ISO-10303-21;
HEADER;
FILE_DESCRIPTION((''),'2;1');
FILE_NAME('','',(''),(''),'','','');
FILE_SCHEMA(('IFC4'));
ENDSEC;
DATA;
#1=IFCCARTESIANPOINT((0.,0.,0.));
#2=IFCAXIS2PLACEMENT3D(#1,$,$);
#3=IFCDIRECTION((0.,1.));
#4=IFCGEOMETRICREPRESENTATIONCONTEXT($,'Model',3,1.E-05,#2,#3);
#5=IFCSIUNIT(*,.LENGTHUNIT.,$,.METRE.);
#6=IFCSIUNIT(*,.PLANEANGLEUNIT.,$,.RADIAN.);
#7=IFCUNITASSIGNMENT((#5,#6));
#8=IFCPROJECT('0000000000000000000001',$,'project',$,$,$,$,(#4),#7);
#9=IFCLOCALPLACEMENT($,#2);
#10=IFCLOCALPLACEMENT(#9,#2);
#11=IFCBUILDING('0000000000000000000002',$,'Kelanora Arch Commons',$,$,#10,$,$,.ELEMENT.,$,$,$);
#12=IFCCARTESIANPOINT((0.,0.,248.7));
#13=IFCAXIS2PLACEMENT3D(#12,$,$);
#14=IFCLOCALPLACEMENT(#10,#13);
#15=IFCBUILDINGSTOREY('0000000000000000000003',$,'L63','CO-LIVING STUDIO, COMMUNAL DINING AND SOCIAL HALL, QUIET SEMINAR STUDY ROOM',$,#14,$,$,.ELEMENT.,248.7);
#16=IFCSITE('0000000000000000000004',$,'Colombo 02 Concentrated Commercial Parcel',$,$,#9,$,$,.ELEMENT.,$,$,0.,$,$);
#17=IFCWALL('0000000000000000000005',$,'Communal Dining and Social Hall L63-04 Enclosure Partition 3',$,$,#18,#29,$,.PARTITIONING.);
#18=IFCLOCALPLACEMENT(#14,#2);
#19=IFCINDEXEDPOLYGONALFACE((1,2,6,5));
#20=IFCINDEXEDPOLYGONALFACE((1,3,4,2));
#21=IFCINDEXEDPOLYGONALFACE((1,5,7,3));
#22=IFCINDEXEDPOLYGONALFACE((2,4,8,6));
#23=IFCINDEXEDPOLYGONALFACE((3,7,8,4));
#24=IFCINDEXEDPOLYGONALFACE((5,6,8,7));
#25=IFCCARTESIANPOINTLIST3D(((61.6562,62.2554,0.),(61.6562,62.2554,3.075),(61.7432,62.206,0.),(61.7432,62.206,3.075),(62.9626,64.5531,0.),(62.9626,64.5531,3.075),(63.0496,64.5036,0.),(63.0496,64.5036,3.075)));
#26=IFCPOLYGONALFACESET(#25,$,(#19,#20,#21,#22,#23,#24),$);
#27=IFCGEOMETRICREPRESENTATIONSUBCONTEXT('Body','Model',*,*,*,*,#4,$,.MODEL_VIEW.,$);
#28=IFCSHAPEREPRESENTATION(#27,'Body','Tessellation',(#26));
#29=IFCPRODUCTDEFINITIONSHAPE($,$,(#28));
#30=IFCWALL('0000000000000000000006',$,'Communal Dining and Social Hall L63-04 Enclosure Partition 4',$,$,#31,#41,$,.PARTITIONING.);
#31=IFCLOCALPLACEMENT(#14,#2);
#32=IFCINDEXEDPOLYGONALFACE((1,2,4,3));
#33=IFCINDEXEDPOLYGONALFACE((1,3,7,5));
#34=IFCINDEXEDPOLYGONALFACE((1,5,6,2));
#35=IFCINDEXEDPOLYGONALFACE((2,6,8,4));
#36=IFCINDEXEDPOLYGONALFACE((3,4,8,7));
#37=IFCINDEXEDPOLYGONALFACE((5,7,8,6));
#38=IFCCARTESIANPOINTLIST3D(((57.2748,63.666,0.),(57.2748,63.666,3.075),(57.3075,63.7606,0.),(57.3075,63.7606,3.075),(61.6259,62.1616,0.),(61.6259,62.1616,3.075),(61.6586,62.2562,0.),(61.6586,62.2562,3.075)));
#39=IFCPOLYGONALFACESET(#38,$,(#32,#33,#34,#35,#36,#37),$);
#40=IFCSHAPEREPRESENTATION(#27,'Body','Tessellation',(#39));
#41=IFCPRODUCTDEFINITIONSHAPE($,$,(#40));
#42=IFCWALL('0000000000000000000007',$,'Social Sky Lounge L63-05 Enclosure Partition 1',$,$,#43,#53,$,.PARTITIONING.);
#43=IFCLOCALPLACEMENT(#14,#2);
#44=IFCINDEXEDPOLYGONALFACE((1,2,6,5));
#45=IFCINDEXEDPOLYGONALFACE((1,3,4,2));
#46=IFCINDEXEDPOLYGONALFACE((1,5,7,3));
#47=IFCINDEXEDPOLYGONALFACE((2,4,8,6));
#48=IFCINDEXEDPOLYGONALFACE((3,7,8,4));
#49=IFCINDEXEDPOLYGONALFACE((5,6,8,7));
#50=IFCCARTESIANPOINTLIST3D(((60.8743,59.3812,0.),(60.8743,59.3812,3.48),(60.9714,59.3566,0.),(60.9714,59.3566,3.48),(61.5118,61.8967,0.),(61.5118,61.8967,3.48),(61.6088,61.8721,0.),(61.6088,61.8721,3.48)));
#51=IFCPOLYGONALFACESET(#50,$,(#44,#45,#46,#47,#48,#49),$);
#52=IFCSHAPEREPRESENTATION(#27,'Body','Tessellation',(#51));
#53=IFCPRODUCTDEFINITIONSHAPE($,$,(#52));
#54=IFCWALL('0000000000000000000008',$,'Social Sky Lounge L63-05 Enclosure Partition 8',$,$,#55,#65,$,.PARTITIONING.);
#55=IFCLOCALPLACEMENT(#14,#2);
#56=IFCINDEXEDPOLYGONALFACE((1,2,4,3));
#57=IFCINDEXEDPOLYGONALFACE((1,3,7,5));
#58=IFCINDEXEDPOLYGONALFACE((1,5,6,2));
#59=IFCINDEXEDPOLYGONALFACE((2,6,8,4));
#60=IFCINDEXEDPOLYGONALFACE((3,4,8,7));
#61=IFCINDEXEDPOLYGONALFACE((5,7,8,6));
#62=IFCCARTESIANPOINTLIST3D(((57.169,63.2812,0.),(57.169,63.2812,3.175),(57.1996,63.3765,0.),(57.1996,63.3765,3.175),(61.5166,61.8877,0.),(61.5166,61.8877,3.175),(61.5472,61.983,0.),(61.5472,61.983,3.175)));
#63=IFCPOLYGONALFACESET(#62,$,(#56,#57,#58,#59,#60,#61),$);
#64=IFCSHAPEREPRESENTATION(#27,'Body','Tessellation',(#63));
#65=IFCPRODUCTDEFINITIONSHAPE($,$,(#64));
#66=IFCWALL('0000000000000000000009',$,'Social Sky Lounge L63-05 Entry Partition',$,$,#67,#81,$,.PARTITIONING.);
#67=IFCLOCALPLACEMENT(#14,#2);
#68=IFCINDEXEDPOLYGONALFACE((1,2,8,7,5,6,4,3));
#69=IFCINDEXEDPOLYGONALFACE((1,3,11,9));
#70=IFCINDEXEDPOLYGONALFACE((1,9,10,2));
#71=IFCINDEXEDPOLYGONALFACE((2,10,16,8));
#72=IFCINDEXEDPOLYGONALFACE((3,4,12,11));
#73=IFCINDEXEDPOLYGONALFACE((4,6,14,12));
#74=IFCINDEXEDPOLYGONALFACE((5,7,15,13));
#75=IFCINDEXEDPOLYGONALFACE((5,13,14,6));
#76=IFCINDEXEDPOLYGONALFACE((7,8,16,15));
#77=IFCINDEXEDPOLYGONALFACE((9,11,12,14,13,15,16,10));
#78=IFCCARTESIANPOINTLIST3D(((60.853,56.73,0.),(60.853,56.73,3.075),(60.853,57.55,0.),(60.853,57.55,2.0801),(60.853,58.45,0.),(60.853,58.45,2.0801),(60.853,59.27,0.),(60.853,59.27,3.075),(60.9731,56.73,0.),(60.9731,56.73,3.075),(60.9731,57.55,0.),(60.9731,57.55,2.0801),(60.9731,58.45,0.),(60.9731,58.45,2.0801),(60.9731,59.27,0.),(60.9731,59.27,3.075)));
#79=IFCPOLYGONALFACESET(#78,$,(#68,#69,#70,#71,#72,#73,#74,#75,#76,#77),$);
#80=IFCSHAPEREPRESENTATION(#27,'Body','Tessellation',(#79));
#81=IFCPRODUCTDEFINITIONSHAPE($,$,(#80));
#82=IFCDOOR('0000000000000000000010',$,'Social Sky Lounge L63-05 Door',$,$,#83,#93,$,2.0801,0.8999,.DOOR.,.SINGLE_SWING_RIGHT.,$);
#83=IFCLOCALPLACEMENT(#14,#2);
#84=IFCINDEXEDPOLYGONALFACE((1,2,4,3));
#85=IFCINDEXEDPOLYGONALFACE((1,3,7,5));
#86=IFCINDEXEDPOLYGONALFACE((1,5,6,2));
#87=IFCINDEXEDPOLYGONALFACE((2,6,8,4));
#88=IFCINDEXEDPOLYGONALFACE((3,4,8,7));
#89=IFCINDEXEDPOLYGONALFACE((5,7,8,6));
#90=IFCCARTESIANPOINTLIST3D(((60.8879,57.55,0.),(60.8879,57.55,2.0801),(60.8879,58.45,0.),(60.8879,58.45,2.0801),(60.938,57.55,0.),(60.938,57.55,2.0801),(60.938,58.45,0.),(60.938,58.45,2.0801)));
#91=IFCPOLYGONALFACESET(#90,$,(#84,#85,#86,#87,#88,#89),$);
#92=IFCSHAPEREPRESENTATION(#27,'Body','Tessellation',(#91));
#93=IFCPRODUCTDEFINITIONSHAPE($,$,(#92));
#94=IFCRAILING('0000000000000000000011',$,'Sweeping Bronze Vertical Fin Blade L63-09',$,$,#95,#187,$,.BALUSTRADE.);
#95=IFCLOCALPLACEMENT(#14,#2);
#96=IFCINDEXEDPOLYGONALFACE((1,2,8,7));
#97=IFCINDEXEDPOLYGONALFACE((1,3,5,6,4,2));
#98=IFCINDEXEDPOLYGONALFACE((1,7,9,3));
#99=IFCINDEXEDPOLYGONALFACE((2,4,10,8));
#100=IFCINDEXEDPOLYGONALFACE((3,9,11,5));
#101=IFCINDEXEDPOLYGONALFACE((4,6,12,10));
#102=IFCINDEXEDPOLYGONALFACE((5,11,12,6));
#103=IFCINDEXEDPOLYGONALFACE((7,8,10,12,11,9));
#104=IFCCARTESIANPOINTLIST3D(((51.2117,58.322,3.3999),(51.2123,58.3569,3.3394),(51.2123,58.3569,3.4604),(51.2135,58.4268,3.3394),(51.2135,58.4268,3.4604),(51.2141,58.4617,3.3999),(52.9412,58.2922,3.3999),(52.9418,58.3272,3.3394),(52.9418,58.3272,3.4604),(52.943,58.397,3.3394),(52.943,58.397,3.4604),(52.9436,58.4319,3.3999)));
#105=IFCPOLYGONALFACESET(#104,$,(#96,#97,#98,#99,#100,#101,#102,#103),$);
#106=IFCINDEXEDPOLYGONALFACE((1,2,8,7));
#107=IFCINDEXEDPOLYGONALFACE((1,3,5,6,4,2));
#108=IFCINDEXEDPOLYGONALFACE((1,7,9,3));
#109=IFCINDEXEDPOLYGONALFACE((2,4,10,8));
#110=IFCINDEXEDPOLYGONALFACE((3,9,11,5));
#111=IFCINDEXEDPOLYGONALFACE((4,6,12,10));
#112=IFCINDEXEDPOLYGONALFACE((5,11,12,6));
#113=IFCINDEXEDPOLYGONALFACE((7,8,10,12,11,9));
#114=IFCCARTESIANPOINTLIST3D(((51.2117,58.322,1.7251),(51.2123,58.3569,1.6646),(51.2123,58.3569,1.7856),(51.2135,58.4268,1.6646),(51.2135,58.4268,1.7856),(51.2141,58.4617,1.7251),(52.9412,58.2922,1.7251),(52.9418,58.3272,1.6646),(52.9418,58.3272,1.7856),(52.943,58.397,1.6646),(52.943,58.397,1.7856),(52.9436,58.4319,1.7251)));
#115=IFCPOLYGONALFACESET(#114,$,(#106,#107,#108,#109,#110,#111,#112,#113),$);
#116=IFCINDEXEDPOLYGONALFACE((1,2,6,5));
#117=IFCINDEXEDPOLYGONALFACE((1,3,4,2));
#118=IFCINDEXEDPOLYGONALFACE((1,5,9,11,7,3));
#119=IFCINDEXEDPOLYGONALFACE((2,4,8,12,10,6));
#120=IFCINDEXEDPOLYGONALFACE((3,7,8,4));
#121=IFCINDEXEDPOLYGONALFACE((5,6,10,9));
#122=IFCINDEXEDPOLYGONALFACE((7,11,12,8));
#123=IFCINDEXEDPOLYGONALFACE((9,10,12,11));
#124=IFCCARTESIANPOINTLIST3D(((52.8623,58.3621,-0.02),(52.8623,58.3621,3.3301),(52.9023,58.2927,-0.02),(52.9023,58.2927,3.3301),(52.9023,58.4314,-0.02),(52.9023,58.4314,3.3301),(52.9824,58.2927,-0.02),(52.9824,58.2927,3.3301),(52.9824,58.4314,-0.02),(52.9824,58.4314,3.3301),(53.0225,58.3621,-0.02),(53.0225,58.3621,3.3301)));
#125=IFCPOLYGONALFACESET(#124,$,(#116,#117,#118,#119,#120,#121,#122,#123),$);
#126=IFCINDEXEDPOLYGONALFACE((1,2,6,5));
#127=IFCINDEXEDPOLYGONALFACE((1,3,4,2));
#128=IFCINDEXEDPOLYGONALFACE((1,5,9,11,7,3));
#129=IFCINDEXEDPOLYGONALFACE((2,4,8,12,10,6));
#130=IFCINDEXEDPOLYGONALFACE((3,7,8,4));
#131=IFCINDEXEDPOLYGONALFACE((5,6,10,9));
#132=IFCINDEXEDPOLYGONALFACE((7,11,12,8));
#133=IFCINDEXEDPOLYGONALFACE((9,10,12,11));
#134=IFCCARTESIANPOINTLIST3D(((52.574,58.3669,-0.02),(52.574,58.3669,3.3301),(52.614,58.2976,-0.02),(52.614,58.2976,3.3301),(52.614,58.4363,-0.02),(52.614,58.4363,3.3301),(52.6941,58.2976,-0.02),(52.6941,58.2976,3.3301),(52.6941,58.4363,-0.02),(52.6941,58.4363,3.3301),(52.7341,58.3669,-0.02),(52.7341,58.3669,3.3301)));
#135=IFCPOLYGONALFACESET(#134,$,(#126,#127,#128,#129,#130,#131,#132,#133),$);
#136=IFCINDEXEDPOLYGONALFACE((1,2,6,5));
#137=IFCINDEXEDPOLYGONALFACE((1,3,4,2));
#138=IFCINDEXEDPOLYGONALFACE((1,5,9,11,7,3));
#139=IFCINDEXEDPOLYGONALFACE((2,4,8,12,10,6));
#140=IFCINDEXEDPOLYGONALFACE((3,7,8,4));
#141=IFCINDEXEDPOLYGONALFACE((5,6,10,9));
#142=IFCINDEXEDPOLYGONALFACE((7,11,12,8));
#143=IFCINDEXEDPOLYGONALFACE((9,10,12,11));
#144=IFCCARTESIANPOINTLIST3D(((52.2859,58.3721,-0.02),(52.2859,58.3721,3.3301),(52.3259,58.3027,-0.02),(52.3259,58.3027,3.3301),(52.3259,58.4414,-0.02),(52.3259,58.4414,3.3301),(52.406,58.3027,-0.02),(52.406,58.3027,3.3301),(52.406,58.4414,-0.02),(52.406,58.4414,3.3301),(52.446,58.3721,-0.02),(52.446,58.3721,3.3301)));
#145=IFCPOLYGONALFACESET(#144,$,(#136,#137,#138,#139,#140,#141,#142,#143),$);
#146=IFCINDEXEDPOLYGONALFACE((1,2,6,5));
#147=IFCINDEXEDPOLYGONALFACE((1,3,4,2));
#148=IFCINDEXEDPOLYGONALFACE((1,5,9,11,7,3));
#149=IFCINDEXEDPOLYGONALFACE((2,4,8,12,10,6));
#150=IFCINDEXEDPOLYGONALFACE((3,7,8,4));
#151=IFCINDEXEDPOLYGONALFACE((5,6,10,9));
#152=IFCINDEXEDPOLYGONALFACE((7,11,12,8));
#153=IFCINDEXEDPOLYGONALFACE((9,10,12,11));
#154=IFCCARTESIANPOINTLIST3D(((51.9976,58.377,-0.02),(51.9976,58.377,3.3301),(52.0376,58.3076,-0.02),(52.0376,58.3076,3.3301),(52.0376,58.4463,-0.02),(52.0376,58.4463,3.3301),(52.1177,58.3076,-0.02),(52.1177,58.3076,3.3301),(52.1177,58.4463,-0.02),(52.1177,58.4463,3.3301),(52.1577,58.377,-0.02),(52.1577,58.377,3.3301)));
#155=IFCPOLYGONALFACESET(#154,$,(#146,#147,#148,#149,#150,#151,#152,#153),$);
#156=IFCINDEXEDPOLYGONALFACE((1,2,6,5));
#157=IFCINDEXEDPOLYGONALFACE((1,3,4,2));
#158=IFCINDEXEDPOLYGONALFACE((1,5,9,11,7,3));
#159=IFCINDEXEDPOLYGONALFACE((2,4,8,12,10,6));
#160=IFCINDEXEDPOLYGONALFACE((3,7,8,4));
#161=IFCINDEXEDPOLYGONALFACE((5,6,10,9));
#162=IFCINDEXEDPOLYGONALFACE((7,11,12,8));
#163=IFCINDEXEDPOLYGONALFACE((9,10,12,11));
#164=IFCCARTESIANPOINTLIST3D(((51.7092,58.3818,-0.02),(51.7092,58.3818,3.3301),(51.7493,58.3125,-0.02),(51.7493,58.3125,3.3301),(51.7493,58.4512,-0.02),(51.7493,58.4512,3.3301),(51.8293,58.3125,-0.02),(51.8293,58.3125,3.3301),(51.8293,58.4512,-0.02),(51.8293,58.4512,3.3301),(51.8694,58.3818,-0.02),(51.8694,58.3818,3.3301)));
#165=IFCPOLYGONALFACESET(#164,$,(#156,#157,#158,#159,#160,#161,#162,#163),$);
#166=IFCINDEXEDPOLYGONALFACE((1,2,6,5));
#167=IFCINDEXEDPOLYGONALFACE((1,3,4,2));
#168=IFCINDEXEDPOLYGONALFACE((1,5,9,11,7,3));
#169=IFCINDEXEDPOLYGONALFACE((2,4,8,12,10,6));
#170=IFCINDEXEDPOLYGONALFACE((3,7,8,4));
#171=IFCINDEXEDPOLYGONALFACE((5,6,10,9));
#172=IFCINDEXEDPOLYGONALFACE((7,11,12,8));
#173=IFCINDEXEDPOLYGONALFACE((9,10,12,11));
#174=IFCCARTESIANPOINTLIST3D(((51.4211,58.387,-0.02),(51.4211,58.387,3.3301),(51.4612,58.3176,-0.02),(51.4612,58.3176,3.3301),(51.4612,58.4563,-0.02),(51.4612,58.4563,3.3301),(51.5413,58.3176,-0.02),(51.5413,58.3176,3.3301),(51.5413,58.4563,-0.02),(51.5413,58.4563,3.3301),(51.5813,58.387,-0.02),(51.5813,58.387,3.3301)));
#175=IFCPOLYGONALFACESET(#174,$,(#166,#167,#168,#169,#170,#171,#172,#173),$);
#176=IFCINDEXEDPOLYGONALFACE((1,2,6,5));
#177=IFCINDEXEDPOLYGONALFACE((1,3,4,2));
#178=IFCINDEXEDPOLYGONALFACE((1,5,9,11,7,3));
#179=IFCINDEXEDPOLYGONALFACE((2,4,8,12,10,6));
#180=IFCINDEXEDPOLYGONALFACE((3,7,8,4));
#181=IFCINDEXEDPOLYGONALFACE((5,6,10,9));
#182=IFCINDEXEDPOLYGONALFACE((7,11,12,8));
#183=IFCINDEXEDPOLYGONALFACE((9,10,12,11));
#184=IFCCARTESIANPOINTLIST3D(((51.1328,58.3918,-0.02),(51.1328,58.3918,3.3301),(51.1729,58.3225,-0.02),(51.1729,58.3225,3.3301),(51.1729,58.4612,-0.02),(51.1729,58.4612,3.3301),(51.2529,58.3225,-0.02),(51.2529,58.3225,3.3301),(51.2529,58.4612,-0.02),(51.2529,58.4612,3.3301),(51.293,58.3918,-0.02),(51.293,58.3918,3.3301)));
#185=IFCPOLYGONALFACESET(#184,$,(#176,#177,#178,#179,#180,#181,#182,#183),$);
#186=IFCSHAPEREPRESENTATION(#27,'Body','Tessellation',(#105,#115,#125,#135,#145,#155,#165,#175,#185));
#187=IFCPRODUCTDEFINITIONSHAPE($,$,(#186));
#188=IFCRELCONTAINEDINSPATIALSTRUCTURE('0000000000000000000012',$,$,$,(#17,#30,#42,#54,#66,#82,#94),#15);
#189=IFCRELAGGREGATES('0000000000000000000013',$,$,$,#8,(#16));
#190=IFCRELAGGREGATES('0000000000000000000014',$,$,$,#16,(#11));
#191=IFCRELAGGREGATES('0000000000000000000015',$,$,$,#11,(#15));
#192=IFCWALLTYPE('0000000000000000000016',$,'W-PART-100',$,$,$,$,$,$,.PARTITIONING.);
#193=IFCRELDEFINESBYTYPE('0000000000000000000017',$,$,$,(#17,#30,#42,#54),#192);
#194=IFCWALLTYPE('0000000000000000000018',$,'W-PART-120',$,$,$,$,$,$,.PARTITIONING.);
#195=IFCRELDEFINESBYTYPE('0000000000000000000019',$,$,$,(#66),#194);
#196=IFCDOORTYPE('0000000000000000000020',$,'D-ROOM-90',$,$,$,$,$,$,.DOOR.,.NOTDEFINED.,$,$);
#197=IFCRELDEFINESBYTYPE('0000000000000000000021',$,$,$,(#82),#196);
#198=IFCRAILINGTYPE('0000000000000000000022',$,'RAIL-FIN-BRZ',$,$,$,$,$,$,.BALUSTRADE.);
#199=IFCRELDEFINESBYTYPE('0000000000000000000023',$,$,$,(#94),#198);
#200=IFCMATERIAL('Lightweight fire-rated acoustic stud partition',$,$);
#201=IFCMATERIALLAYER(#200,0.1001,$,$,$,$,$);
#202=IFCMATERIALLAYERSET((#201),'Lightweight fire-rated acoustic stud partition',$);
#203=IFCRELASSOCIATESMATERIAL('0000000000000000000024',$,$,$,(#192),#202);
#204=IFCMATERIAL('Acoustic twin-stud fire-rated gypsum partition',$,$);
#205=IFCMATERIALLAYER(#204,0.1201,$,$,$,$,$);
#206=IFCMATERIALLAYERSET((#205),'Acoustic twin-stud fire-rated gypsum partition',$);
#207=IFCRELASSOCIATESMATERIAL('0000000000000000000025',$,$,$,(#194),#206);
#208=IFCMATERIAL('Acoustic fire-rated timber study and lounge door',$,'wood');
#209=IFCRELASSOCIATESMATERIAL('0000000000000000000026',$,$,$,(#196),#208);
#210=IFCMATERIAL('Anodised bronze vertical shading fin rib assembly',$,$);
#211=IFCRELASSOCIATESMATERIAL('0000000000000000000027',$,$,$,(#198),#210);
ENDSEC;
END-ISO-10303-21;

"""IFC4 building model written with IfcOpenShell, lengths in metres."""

from ifc_helpers import new_model, si_unit, direction, frame, frame_2d, origin, place, context, subcontext, project, spatial, polyline, rectangle, outline, extrude, material, layer, layer_set, type_object, element, fill, save


model = new_model("IFC4")

# Units and contexts
model_context = context("Model", 3, precision=1e-05, world=origin(), true_north=direction((0.0, 1.0)))
body_context = subcontext(model_context, "Body", "Model", "MODEL_VIEW")
ifc_project = project(units=[si_unit("LENGTHUNIT", "METRE"), si_unit("PLANEANGLEUNIT", "RADIAN")], contexts=[model_context])

# Site, building, storey
site_placement = place(None, origin())
site = spatial("IfcSite", under=ifc_project, at=site_placement, Name="Colombo 02 Concentrated Commercial Parcel", CompositionType="ELEMENT", RefElevation=0.0)
building_placement = place(site_placement, origin())
building = spatial("IfcBuilding", under=site, at=building_placement, Name="Kelanora Arch Commons", CompositionType="ELEMENT")
storey_placement = place(building_placement, frame((0.0, 0.0, 248.7)))
storey = spatial("IfcBuildingStorey", under=building, at=storey_placement, Name="L63", Description="CO-LIVING STUDIO, COMMUNAL DINING AND SOCIAL HALL, QUIET SEMINAR STUDY ROOM", CompositionType="ELEMENT", Elevation=248.7)

# Walls
ifc_material_1 = material(Name="Lightweight fire-rated acoustic stud partition")
ifc_layer_1 = layer(ifc_material_1, 0.1001)
ifc_layer_set_1 = layer_set([ifc_layer_1], Name="Lightweight fire-rated acoustic stud partition")
wall_type_1 = type_object("IfcWallType", Name="W-PART-100", PredefinedType="PARTITIONING", material=ifc_layer_set_1)
wall_1_placement = place(storey_placement, frame((63.0061, 64.5283, 0.0), z_axis=(0.0, 0.0, 1.0), x_axis=(-0.494278, -0.869304, 0.0)))
element("IfcWall", 1, at=wall_1_placement, inside=storey, type_object=wall_type_1, Name="Communal Dining and Social Hall L63-04 Enclosure Partition 3", PredefinedType="PARTITIONING", context=body_context, shape_type="SweptSolid", body=[
    extrude(rectangle(XDim=2.6431, YDim=0.1001, at=frame_2d((1.3215, 0.0))), origin(), (0.0, 0.0, 1.0), 3.075),
])
wall_2_placement = place(storey_placement, frame((61.6421, 62.209, 0.0), z_axis=(0.0, 0.0, 1.0), x_axis=(-0.945103, 0.326772, 0.0)))
element("IfcWall", 2, at=wall_2_placement, inside=storey, type_object=wall_type_1, Name="Communal Dining and Social Hall L63-04 Enclosure Partition 4", PredefinedType="PARTITIONING", context=body_context, shape_type="SweptSolid", body=[
    extrude(rectangle(XDim=4.6038, YDim=0.1001, at=frame_2d((2.3018, 0.0))), origin(), (0.0, 0.0, 1.0), 3.075),
])
wall_3_placement = place(storey_placement, frame((61.5603, 61.8843, 0.0), z_axis=(0.0, 0.0, 1.0), x_axis=(-0.245656, -0.969357, 0.0)))
element("IfcWall", 3, at=wall_3_placement, inside=storey, type_object=wall_type_1, Name="Social Sky Lounge L63-05 Enclosure Partition 1", PredefinedType="PARTITIONING", context=body_context, shape_type="SweptSolid", body=[
    extrude(rectangle(XDim=2.595, YDim=0.1001, at=frame_2d((1.2974, 0.0))), origin(), (0.0, 0.0, 1.0), 3.48),
])
wall_4_placement = place(storey_placement, frame((57.1843, 63.3289, 0.0), z_axis=(0.0, 0.0, 1.0), x_axis=(0.952278, -0.305234, 0.0)))
element("IfcWall", 4, at=wall_4_placement, inside=storey, type_object=wall_type_1, Name="Social Sky Lounge L63-05 Enclosure Partition 8", PredefinedType="PARTITIONING", context=body_context, shape_type="SweptSolid", body=[
    extrude(rectangle(XDim=4.5654, YDim=0.1001, at=frame_2d((2.2827, 0.0))), origin(), (0.0, 0.0, 1.0), 3.175),
])

# Wall, opening, door
ifc_material_2 = material(Name="Acoustic twin-stud fire-rated gypsum partition")
ifc_layer_2 = layer(ifc_material_2, 0.1201)
ifc_layer_set_2 = layer_set([ifc_layer_2], Name="Acoustic twin-stud fire-rated gypsum partition")
wall_type_2 = type_object("IfcWallType", Name="W-PART-120", PredefinedType="PARTITIONING", material=ifc_layer_set_2)
wall_5_placement = place(storey_placement, frame((60.9131, 59.27, 0.0), z_axis=(0.0, 0.0, 1.0), x_axis=(0.0, -1.0, 0.0)))
wall_5 = element("IfcWall", 5, at=wall_5_placement, inside=storey, type_object=wall_type_2, Name="Social Sky Lounge L63-05 Entry Partition", PredefinedType="PARTITIONING", context=body_context, shape_type="SweptSolid", body=[
    extrude(rectangle(XDim=2.54, YDim=0.1201, at=frame_2d((1.27, 0.0))), origin(), (0.0, 0.0, 1.0), 3.075),
])
opening_placement = place(wall_5_placement, frame((0.8201, 0.0, 0.0)))
opening = element("IfcOpeningElement", 6, at=opening_placement, cuts=wall_5, PredefinedType="OPENING", context=body_context, shape_type="SweptSolid", body=[
    extrude(rectangle(XDim=0.8999, YDim=2.0801, at=frame_2d((0.45, 1.04))), frame((0.0, 0.0701, 0.0), z_axis=(0.0, -1.0, 0.0), x_axis=(1.0, 0.0, 0.0)), (0.0, 0.0, 1.0), 0.1401),
])
ifc_material_3 = material(Name="Acoustic fire-rated timber study and lounge door", Category="wood")
door_type = type_object("IfcDoorType", Name="D-ROOM-90", OperationType="NOTDEFINED", PredefinedType="DOOR", material=ifc_material_3)
door_placement = place(opening_placement, origin())
door = element("IfcDoor", 7, at=door_placement, inside=storey, type_object=door_type, Name="Social Sky Lounge L63-05 Door", OperationType="SINGLE_SWING_RIGHT", OverallHeight=2.0801, OverallWidth=0.8999, PredefinedType="DOOR", context=body_context, shape_type="SweptSolid", body=[
    extrude(rectangle(XDim=0.8999, YDim=2.0801, at=frame_2d((0.45, 1.04))), frame((0.0, 0.0249, 0.0), z_axis=(0.0, -1.0, 0.0), x_axis=(1.0, 0.0, 0.0)), (0.0, 0.0, 1.0), 0.05),
])
fill(opening, door)

# Railing
ifc_material_4 = material(Name="Anodised bronze vertical shading fin rib assembly")
railing_type = type_object("IfcRailingType", Name="RAIL-FIN-BRZ", PredefinedType="BALUSTRADE", material=ifc_material_4)
railing_placement = place(storey_placement, frame((52.9424, 58.3621, -0.02)))
element("IfcRailing", 8, at=railing_placement, inside=storey, type_object=railing_type, Name="Sweeping Bronze Vertical Fin Blade L63-09", PredefinedType="BALUSTRADE", context=body_context, shape_type="SweptSolid", body=[
    extrude(outline(polyline([(0.0698, 0.0), (0.0349, 0.0605), (-0.0349, 0.0605), (-0.0698, 0.0), (-0.0349, -0.0605), (0.0349, -0.0605), (0.0698, 0.0)])), frame((0.0, 0.0, 3.4199), z_axis=(-0.999852, 0.017219, 0.0), x_axis=(-0.017219, -0.999852, 0.0)), (0.0, 0.0, 1.0), 1.7297),
    extrude(outline(polyline([(0.0698, 0.0), (0.0349, 0.0605), (-0.0349, 0.0605), (-0.0698, 0.0), (-0.0349, -0.0605), (0.0349, -0.0605), (0.0698, 0.0)])), frame((0.0, 0.0, 1.7451), z_axis=(-0.999852, 0.017219, 0.0), x_axis=(-0.017219, -0.999852, 0.0)), (0.0, 0.0, 1.0), 1.7297),
    extrude(outline(polyline([(0.0801, 0.0), (0.04, 0.0693), (-0.04, 0.0693), (-0.0801, 0.0), (-0.04, -0.0693), (0.04, -0.0693), (0.0801, 0.0)])), origin(), (0.0, 0.0, 1.0), 3.3501),
    extrude(outline(polyline([(0.0801, 0.0), (0.04, 0.0693), (-0.04, 0.0693), (-0.0801, 0.0), (-0.04, -0.0693), (0.04, -0.0693), (0.0801, 0.0)])), frame((-0.2883, 0.0049, 0.0)), (0.0, 0.0, 1.0), 3.3501),
    extrude(outline(polyline([(0.0801, 0.0), (0.04, 0.0693), (-0.04, 0.0693), (-0.0801, 0.0), (-0.04, -0.0693), (0.04, -0.0693), (0.0801, 0.0)])), frame((-0.5764, 0.01, 0.0)), (0.0, 0.0, 1.0), 3.3501),
    extrude(outline(polyline([(0.0801, 0.0), (0.04, 0.0693), (-0.04, 0.0693), (-0.0801, 0.0), (-0.04, -0.0693), (0.04, -0.0693), (0.0801, 0.0)])), frame((-0.8647, 0.0149, 0.0)), (0.0, 0.0, 1.0), 3.3501),
    extrude(outline(polyline([(0.0801, 0.0), (0.04, 0.0693), (-0.04, 0.0693), (-0.0801, 0.0), (-0.04, -0.0693), (0.04, -0.0693), (0.0801, 0.0)])), frame((-1.1531, 0.0198, 0.0)), (0.0, 0.0, 1.0), 3.3501),
    extrude(outline(polyline([(0.0801, 0.0), (0.04, 0.0693), (-0.04, 0.0693), (-0.0801, 0.0), (-0.04, -0.0693), (0.04, -0.0693), (0.0801, 0.0)])), frame((-1.4412, 0.0249, 0.0)), (0.0, 0.0, 1.0), 3.3501),
    extrude(outline(polyline([(0.0801, 0.0), (0.04, 0.0693), (-0.04, 0.0693), (-0.0801, 0.0), (-0.04, -0.0693), (0.04, -0.0693), (0.0801, 0.0)])), frame((-1.7295, 0.0298, 0.0)), (0.0, 0.0, 1.0), 3.3501),
])

save(model, "model.ifc")
